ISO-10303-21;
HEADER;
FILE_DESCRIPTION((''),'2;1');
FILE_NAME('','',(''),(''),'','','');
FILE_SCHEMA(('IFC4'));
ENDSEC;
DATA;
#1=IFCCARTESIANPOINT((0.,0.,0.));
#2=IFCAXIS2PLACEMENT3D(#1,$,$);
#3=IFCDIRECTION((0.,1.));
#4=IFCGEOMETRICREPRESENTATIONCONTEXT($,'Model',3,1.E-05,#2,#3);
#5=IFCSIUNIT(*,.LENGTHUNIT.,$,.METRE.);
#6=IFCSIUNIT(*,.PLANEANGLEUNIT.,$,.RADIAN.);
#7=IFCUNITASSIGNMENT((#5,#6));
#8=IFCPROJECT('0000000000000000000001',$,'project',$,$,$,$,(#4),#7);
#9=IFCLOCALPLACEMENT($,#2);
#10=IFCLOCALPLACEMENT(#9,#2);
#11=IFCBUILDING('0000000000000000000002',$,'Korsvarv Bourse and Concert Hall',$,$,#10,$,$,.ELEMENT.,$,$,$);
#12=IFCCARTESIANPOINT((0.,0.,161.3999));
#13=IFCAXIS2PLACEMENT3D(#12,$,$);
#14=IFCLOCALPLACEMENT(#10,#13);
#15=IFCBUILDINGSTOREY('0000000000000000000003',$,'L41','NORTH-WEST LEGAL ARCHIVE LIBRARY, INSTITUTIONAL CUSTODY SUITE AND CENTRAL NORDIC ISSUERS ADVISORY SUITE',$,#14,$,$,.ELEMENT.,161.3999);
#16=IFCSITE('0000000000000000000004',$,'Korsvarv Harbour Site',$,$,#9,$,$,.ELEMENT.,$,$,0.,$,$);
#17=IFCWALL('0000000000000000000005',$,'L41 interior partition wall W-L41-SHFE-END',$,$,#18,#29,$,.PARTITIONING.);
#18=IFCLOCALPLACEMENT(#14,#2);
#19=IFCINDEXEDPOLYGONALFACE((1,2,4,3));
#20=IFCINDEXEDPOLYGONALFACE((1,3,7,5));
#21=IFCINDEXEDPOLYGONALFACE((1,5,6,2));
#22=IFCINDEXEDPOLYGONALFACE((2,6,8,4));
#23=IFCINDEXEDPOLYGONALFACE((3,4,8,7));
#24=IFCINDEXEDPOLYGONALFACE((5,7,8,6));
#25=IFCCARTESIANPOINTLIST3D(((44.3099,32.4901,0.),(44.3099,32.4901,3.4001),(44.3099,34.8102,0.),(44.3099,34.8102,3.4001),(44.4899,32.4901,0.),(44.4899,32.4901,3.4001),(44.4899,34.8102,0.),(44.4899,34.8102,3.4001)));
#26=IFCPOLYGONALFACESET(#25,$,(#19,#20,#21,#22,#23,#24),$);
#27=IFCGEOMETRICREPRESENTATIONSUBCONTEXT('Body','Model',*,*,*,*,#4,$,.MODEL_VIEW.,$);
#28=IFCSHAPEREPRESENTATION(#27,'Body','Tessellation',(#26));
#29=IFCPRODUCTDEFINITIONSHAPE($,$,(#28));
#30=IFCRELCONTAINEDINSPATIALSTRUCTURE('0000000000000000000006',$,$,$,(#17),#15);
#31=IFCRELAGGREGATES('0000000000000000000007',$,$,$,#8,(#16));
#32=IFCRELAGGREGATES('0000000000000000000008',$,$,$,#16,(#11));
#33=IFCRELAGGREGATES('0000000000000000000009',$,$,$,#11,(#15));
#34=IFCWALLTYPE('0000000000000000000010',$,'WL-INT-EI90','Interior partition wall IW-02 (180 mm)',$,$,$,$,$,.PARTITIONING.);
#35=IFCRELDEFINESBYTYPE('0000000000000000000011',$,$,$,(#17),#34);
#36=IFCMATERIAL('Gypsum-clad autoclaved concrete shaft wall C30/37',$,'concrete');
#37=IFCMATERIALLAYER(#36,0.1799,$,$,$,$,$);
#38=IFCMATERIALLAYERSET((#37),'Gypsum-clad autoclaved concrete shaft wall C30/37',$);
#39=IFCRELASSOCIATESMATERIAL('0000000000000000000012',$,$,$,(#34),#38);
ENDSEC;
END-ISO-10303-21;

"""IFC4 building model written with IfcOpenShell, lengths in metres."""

from ifc_helpers import new_model, si_unit, direction, frame, frame_2d, origin, place, context, subcontext, project, spatial, rectangle, extrude, material, layer, layer_set, type_object, element, save


model = new_model("IFC4")

# Units and contexts
model_context = context("Model", 3, precision=1e-05, world=origin(), true_north=direction((0.0, 1.0)))
body_context = subcontext(model_context, "Body", "Model", "MODEL_VIEW")
ifc_project = project(units=[si_unit("LENGTHUNIT", "METRE"), si_unit("PLANEANGLEUNIT", "RADIAN")], contexts=[model_context])

# Site, building, storey
site_placement = place(None, origin())
site = spatial("IfcSite", under=ifc_project, at=site_placement, Name="Korsvarv Harbour Site", CompositionType="ELEMENT", RefElevation=0.0)
building_placement = place(site_placement, origin())
building = spatial("IfcBuilding", under=site, at=building_placement, Name="Korsvarv Bourse and Concert Hall", CompositionType="ELEMENT")
storey_placement = place(building_placement, frame((0.0, 0.0, 161.3999)))
storey = spatial("IfcBuildingStorey", under=building, at=storey_placement, Name="L41", Description="NORTH-WEST LEGAL ARCHIVE LIBRARY, INSTITUTIONAL CUSTODY SUITE AND CENTRAL NORDIC ISSUERS ADVISORY SUITE", CompositionType="ELEMENT", Elevation=161.3999)

# Wall
ifc_material_1 = material(Name="Gypsum-clad autoclaved concrete shaft wall C30/37", Category="concrete")
ifc_layer_1 = layer(ifc_material_1, 0.1799)
ifc_layer_set_1 = layer_set([ifc_layer_1], Name="Gypsum-clad autoclaved concrete shaft wall C30/37")
wall_type_1 = type_object("IfcWallType", Name="WL-INT-EI90", Description="Interior partition wall IW-02 (180 mm)", PredefinedType="PARTITIONING", material=ifc_layer_set_1)
for number, where, z_axis, x_axis, name in (
    (1, (44.3999, 32.49, 0.0), (0.0, 0.0, 1.0), (0.0, 1.0, 0.0), "L41 interior partition wall W-L41-SHFE-END"),
):
    element("IfcWall", number, at=place(storey_placement, frame(where, z_axis=z_axis, x_axis=x_axis)), inside=storey, type_object=wall_type_1, Name=name, PredefinedType="PARTITIONING", context=body_context, shape_type="SweptSolid", body=[
        extrude(rectangle(XDim=2.3201, YDim=0.1799, at=frame_2d((1.1602, 0.0))), origin(), (0.0, 0.0, 1.0), 3.4001),
    ])

save(model, "model.ifc")
